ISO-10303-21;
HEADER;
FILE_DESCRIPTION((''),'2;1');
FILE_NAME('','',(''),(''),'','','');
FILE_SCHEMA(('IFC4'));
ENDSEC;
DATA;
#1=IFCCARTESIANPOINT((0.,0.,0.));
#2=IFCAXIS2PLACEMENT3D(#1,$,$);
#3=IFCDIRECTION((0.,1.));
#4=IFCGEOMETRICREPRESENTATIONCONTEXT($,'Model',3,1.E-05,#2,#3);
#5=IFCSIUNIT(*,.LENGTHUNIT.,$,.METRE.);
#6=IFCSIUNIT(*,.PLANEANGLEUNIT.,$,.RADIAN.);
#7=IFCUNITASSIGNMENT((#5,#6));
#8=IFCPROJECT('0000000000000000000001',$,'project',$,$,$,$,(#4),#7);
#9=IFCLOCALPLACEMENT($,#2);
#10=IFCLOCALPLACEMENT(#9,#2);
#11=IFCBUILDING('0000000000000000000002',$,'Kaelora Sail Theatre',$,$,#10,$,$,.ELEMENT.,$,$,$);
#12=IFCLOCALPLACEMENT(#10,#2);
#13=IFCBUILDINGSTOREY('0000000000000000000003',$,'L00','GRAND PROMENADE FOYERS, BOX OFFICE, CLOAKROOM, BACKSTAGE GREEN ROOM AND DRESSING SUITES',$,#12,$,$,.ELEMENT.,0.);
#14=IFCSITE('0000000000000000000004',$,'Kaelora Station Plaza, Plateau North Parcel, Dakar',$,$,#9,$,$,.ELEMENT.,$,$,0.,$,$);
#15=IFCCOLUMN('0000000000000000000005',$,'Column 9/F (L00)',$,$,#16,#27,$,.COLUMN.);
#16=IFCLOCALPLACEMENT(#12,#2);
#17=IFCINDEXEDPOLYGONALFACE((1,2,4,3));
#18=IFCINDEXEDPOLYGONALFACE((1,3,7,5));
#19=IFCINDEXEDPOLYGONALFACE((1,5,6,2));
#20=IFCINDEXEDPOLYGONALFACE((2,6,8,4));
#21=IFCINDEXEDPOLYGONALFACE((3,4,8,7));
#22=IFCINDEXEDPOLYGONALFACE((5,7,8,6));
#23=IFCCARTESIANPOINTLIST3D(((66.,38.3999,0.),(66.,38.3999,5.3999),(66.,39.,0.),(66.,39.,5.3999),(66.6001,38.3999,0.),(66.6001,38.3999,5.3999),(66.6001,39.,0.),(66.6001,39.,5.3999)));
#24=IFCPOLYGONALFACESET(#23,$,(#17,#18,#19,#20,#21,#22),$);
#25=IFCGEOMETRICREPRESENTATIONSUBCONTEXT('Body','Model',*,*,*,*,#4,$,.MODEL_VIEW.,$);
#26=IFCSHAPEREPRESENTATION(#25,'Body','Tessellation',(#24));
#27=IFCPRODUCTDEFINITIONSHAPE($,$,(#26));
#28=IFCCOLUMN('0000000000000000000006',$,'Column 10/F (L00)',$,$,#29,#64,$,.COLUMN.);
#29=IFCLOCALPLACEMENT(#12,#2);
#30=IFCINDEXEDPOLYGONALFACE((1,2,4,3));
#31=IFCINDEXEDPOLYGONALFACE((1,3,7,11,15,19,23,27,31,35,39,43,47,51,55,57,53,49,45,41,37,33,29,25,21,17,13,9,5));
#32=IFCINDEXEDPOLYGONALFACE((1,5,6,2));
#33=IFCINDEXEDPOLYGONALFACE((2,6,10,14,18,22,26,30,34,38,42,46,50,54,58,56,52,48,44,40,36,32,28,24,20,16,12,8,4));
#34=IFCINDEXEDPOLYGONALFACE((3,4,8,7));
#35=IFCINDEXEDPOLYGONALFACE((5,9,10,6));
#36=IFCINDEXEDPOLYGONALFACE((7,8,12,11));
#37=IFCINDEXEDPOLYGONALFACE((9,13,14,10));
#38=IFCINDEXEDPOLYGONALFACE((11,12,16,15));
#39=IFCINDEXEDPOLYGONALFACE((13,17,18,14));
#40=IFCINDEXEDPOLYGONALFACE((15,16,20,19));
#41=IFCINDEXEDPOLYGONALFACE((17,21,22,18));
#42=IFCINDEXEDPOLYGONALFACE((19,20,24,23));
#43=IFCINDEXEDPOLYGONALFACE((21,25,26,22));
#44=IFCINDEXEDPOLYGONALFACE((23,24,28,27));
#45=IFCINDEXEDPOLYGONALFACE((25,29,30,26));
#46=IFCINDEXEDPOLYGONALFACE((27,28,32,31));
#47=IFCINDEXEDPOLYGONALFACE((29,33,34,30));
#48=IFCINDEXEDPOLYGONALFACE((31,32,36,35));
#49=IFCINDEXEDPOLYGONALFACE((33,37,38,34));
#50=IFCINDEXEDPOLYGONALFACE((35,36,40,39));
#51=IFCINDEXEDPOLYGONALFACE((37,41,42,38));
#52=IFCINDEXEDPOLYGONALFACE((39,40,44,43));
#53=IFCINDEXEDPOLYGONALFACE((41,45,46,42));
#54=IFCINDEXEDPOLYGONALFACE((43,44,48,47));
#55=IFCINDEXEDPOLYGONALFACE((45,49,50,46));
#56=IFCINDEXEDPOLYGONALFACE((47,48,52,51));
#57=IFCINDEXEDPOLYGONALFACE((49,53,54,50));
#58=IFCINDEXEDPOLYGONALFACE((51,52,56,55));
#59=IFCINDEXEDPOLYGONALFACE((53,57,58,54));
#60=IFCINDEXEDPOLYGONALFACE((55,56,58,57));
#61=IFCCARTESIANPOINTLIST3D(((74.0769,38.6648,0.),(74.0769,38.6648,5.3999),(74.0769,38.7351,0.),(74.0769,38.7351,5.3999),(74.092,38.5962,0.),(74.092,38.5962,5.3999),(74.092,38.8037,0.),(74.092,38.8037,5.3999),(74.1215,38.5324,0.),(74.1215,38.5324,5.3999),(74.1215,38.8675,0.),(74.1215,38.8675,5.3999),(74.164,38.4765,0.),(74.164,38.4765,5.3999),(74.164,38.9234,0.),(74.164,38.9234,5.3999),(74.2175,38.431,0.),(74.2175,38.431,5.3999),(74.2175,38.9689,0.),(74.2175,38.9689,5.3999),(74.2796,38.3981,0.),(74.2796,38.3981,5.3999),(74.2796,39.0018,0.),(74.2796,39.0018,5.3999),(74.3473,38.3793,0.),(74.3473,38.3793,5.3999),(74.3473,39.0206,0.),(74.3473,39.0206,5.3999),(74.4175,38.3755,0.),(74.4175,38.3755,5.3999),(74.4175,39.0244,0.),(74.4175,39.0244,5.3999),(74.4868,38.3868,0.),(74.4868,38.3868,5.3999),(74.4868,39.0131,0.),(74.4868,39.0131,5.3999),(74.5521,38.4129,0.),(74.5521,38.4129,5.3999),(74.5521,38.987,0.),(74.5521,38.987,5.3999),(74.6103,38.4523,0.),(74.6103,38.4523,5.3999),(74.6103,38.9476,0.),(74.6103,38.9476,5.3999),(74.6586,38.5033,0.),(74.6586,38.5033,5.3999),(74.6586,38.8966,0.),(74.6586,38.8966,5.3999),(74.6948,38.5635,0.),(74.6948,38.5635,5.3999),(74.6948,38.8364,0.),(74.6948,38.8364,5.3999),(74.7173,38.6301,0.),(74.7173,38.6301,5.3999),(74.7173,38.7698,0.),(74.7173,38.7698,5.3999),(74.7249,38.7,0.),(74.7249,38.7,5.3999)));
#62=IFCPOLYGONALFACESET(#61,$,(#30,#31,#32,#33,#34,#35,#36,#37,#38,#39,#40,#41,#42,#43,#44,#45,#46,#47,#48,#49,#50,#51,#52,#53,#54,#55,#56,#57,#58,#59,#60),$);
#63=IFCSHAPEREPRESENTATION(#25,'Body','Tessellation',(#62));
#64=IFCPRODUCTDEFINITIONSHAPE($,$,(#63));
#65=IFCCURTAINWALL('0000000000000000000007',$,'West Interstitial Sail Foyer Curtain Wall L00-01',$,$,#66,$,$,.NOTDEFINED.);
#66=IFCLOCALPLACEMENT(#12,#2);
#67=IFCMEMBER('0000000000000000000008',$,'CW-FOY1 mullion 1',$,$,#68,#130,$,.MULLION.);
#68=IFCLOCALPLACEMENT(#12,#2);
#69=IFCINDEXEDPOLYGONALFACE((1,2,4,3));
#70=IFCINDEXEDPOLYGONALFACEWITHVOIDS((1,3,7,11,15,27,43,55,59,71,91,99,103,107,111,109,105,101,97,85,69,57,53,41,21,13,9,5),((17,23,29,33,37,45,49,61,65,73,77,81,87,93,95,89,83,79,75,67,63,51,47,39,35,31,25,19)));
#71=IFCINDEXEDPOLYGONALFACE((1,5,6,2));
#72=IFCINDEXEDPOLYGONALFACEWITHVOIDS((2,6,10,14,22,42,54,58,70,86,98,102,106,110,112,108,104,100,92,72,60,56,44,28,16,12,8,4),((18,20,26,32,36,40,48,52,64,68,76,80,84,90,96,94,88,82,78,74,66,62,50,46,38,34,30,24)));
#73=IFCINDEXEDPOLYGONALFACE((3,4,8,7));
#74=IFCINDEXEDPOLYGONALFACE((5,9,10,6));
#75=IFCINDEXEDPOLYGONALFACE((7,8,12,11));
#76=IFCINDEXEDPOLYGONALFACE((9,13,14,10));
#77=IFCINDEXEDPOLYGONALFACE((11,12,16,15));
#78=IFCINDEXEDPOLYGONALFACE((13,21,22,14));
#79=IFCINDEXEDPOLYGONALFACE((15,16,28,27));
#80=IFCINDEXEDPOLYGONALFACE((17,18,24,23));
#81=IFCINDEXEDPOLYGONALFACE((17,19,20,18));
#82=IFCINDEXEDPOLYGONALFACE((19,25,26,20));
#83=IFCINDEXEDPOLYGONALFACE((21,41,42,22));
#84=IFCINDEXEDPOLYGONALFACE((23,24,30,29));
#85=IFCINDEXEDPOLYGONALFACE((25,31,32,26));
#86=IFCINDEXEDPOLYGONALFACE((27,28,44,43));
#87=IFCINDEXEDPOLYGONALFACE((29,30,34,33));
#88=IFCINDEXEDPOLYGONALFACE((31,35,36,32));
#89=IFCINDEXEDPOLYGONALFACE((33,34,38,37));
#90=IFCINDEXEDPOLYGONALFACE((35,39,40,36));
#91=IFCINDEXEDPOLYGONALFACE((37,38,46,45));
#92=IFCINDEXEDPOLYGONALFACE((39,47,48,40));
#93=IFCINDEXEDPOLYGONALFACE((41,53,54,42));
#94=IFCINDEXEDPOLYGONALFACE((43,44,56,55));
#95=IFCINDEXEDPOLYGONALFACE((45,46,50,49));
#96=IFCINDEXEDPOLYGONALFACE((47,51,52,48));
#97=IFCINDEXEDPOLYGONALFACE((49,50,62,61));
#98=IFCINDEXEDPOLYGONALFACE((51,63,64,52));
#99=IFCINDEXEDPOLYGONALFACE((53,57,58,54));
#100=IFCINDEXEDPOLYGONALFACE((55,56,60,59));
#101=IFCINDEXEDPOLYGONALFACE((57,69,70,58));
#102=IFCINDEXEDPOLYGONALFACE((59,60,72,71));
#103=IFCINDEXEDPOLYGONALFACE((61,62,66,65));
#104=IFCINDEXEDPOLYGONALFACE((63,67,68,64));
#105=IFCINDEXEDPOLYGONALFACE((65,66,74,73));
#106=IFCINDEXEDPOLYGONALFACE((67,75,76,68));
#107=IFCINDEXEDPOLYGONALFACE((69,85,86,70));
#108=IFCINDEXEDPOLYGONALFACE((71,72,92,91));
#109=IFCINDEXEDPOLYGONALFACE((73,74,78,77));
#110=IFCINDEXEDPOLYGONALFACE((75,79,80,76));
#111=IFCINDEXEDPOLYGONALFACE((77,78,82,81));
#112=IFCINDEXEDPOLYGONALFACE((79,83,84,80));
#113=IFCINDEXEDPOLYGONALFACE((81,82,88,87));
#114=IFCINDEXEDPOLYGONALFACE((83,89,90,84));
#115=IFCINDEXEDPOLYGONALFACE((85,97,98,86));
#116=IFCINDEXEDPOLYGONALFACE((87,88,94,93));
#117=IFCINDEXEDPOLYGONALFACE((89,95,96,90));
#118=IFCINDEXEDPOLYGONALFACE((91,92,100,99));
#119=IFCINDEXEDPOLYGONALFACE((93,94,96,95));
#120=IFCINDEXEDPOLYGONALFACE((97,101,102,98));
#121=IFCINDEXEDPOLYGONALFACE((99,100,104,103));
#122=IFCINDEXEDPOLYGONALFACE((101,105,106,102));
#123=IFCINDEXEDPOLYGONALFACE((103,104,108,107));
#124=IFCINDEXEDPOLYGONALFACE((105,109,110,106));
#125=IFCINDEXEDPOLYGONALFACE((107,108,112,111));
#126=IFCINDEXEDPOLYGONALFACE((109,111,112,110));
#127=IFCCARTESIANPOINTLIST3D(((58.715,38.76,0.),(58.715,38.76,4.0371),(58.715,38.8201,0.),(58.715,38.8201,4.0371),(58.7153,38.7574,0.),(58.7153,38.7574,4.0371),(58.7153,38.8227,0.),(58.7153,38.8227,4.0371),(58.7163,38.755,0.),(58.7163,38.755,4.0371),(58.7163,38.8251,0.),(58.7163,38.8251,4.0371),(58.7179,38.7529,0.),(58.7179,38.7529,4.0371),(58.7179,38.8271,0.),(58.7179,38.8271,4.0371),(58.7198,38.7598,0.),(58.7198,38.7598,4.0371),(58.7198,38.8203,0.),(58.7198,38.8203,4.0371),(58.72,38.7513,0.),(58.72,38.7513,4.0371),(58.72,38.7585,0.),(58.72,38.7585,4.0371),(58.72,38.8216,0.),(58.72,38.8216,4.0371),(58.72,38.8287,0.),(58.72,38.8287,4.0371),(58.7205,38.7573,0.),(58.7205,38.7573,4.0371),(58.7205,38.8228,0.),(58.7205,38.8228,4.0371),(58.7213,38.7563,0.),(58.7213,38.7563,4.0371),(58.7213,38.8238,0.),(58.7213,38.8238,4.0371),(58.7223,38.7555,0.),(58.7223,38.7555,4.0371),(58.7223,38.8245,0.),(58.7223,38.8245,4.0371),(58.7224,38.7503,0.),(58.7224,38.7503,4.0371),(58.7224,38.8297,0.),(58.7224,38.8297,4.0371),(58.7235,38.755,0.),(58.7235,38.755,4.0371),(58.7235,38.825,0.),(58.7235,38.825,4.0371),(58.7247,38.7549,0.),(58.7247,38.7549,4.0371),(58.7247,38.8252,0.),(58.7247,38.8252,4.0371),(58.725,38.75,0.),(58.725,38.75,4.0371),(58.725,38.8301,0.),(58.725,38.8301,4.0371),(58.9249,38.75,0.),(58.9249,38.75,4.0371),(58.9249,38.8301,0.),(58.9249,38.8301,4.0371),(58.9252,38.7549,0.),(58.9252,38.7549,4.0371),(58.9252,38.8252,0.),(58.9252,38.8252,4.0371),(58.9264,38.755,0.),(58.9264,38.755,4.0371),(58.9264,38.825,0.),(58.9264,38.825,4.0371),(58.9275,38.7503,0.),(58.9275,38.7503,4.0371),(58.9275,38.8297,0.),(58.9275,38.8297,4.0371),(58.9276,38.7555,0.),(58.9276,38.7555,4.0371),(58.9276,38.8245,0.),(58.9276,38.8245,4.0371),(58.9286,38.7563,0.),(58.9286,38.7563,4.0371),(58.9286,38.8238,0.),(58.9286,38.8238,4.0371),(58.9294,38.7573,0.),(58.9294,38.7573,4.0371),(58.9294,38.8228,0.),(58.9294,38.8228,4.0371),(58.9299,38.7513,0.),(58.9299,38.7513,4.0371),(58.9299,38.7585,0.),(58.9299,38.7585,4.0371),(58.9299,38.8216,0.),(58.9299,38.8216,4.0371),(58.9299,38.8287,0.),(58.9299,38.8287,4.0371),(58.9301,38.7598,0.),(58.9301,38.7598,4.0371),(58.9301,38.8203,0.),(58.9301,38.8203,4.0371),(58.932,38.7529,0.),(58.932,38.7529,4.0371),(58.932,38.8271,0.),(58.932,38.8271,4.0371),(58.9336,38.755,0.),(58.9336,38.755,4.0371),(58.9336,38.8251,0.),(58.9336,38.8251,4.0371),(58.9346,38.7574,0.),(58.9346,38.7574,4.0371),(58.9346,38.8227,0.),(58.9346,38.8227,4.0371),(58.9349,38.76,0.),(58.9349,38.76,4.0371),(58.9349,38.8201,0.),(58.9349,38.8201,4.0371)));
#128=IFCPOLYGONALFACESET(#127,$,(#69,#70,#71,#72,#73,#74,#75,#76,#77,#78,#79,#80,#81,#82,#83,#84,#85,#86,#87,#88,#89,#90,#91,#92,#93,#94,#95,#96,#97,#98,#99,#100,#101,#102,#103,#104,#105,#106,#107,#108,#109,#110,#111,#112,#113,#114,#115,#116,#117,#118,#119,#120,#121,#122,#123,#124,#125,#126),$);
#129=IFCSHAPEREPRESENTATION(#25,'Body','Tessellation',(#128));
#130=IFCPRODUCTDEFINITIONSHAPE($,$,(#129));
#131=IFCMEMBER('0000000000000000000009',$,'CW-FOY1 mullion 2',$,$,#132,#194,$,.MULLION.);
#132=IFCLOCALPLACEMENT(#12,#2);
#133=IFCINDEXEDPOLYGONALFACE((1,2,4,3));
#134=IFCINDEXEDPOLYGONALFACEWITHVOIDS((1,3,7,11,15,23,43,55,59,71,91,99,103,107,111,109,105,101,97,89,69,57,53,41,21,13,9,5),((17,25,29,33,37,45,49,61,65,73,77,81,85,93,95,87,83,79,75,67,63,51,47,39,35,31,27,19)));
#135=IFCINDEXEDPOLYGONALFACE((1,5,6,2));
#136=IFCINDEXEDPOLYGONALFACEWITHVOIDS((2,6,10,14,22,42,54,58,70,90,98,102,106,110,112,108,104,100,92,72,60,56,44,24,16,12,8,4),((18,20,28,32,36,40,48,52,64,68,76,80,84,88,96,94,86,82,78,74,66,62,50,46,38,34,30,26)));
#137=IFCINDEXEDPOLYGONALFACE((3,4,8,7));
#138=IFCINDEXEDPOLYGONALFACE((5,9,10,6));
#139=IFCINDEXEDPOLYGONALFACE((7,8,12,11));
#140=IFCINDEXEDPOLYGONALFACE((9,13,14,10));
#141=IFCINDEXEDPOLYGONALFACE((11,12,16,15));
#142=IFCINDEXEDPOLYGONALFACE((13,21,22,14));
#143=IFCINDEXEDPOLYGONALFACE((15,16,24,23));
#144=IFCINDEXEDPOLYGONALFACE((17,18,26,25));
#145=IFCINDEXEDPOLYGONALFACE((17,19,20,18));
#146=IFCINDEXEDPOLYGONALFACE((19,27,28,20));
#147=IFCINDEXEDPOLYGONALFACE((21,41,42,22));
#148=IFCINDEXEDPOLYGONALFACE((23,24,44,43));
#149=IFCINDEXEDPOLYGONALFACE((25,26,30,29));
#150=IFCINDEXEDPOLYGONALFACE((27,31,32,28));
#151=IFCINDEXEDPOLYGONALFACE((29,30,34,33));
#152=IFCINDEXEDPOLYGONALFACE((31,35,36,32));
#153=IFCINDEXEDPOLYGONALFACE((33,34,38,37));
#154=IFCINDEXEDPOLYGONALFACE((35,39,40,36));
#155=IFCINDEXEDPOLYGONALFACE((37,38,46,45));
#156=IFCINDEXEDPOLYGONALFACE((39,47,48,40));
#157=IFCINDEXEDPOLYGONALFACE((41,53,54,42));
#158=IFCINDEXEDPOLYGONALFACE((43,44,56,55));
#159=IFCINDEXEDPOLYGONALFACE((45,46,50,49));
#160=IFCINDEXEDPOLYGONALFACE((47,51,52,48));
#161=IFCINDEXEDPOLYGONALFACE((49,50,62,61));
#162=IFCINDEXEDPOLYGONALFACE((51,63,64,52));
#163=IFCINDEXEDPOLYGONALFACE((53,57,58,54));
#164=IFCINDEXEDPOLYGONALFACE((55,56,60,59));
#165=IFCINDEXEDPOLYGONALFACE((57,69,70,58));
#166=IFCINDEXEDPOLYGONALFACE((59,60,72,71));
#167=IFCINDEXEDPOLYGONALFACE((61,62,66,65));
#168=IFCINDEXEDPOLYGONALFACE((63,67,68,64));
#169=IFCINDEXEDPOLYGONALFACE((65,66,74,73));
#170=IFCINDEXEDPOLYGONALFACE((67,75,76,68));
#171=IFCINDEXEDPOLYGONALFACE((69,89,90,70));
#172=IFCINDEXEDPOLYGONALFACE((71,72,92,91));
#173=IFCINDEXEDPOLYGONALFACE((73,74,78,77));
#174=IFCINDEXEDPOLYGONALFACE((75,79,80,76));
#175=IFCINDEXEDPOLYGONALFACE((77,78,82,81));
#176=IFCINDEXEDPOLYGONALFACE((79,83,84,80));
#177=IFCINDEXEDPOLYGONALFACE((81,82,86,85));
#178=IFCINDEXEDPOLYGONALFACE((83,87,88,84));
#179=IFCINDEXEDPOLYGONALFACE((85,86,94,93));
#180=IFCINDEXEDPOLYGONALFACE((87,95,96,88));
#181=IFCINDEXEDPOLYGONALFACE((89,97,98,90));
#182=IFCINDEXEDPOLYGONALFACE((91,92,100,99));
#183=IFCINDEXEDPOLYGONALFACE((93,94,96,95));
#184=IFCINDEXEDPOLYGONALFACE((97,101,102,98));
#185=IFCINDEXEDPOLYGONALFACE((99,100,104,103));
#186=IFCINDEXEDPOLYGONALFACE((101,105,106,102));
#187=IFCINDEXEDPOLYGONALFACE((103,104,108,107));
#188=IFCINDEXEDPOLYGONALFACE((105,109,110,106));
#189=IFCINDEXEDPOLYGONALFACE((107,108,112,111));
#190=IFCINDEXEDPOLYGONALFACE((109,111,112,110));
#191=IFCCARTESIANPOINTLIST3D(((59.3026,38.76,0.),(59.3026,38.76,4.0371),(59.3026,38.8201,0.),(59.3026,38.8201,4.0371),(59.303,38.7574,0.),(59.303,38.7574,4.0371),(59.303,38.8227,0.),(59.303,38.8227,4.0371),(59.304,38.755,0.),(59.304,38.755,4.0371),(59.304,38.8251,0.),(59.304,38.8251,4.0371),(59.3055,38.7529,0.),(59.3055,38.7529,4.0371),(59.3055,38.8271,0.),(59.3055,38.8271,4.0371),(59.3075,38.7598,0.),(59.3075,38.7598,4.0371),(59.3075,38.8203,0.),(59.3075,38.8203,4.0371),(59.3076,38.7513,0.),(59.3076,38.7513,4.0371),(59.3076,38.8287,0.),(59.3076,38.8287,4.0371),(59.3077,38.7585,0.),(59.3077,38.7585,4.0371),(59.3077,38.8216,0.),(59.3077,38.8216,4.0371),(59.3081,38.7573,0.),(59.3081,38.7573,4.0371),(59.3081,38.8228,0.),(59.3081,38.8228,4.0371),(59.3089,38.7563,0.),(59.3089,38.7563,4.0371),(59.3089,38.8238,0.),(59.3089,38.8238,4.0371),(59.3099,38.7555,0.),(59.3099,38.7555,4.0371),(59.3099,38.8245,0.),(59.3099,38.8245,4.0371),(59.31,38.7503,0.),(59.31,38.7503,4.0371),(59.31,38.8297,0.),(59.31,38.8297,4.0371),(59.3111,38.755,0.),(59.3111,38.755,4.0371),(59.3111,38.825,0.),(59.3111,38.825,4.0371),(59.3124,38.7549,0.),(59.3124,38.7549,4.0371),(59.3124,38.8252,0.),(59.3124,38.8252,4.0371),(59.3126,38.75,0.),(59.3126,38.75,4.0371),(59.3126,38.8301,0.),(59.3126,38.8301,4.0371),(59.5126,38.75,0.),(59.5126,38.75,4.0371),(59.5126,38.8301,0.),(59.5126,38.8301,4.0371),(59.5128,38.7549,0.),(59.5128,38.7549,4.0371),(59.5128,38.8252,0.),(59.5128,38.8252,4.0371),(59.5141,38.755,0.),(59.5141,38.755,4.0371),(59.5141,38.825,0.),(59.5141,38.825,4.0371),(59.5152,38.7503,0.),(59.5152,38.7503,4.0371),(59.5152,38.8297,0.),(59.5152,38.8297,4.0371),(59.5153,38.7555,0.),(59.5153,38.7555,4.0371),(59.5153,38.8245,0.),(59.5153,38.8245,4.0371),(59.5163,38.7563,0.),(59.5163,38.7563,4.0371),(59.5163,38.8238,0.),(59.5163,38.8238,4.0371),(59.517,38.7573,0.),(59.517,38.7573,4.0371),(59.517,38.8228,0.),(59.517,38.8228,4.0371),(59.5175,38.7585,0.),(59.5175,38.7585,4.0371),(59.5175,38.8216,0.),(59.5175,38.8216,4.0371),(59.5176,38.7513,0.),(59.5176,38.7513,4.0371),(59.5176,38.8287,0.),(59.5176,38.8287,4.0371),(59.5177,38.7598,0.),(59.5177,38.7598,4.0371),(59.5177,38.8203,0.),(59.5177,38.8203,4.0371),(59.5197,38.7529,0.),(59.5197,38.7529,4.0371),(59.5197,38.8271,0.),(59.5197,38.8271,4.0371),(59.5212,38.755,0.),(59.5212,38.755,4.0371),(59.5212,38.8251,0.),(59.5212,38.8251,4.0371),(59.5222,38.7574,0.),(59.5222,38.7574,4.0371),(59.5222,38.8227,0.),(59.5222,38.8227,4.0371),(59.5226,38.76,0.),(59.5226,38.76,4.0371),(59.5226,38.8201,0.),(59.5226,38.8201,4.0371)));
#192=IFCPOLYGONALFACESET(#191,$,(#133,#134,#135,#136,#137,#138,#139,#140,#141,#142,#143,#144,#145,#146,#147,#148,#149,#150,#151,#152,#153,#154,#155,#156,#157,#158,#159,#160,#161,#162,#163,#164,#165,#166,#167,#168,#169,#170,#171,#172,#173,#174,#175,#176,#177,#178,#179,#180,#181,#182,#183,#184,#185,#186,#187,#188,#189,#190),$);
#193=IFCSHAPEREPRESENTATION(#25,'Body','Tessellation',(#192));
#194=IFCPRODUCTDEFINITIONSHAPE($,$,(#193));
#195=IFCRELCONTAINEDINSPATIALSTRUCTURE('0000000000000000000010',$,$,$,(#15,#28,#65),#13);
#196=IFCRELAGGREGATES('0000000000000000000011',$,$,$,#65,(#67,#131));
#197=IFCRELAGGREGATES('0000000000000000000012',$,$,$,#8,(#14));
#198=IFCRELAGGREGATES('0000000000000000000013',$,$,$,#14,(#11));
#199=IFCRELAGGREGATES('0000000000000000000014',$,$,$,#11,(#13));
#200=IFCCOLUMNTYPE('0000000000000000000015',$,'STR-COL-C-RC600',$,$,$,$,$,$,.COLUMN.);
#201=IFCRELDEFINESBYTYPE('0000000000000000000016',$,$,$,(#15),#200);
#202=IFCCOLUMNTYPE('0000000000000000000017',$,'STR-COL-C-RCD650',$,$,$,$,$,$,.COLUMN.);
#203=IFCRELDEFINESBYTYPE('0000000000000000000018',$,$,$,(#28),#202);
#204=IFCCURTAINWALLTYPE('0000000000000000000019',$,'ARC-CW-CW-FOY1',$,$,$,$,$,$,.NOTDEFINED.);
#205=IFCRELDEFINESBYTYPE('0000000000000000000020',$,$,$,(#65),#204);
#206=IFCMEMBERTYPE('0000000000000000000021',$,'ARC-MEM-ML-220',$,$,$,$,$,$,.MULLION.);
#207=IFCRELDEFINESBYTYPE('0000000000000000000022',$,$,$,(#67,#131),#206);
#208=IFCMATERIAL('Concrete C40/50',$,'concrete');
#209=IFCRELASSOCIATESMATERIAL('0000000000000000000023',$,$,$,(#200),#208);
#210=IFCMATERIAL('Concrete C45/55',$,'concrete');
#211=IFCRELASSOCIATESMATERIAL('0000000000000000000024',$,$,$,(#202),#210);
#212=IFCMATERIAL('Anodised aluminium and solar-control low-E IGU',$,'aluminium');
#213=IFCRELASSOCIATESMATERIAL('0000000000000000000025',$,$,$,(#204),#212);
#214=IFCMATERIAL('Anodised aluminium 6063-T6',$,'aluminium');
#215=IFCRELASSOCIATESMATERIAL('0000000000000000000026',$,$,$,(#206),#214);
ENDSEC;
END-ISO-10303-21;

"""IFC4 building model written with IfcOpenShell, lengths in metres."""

from ifc_helpers import new_model, si_unit, direction, frame, origin, origin_2d, place, context, subcontext, project, spatial, rectangle, hollow_rectangle, circle, extrude, material, material_profile, profile_set, type_object, element, aggregate, save


model = new_model("IFC4")

# Units and contexts
model_context = context("Model", 3, precision=1e-05, world=origin(), true_north=direction((0.0, 1.0)))
body_context = subcontext(model_context, "Body", "Model", "MODEL_VIEW")
ifc_project = project(units=[si_unit("LENGTHUNIT", "METRE"), si_unit("PLANEANGLEUNIT", "RADIAN")], contexts=[model_context])

# Site, building, storey
site_placement = place(None, origin())
site = spatial("IfcSite", under=ifc_project, at=site_placement, Name="Kaelora Station Plaza, Plateau North Parcel, Dakar", CompositionType="ELEMENT", RefElevation=0.0)
building_placement = place(site_placement, origin())
building = spatial("IfcBuilding", under=site, at=building_placement, Name="Kaelora Sail Theatre", CompositionType="ELEMENT")
storey_placement = place(building_placement, origin())
storey = spatial("IfcBuildingStorey", under=building, at=storey_placement, Name="L00", Description="GRAND PROMENADE FOYERS, BOX OFFICE, CLOAKROOM, BACKSTAGE GREEN ROOM AND DRESSING SUITES", CompositionType="ELEMENT", Elevation=0.0)

# Columns
ifc_material_1 = material(Name="Concrete C40/50", Category="concrete")
ifc_material_profile_1 = material_profile(ifc_material_1, rectangle(XDim=0.6001, YDim=0.6001, at=origin_2d()), Name="RC-COL 600x600")
ifc_profile_set_1 = profile_set([ifc_material_profile_1], Name="Concrete C40/50")
column_type_1 = type_object("IfcColumnType", Name="STR-COL-C-RC600", PredefinedType="COLUMN", material=ifc_profile_set_1)
column_1_placement = place(storey_placement, frame((66.3, 38.7, 0.0), z_axis=(0.0, 0.0, 1.0), x_axis=(1.0, 0.0, 0.0)))
element("IfcColumn", 1, at=column_1_placement, inside=storey, type_object=column_type_1, Name="Column 9/F (L00)", PredefinedType="COLUMN", context=body_context, shape_type="SweptSolid", body=[
    extrude(rectangle(XDim=0.6001, YDim=0.6001, at=origin_2d()), origin(), (0.0, 0.0, 1.0), 5.3999),
])
ifc_material_2 = material(Name="Concrete C45/55", Category="concrete")
ifc_material_profile_2 = material_profile(ifc_material_2, circle(Radius=0.325, at=origin_2d()), Name="RC-CCOL D650")
ifc_profile_set_2 = profile_set([ifc_material_profile_2], Name="Concrete C45/55")
column_type_2 = type_object("IfcColumnType", Name="STR-COL-C-RCD650", PredefinedType="COLUMN", material=ifc_profile_set_2)
column_2_placement = place(storey_placement, frame((74.3999, 38.7, 0.0), z_axis=(0.0, 0.0, 1.0), x_axis=(1.0, 0.0, 0.0)))
element("IfcColumn", 2, at=column_2_placement, inside=storey, type_object=column_type_2, Name="Column 10/F (L00)", PredefinedType="COLUMN", context=body_context, shape_type="SweptSolid", body=[
    extrude(circle(Radius=0.325, at=origin_2d()), origin(), (0.0, 0.0, 1.0), 5.3999),
])

# Curtain wall, members
ifc_material_3 = material(Name="Anodised aluminium and solar-control low-E IGU", Category="aluminium")
curtain_wall_type = type_object("IfcCurtainWallType", Name="ARC-CW-CW-FOY1", PredefinedType="NOTDEFINED", material=ifc_material_3)
curtain_wall_placement = place(storey_placement, origin())
curtain_wall = element("IfcCurtainWall", 3, at=curtain_wall_placement, inside=storey, type_object=curtain_wall_type, Name="West Interstitial Sail Foyer Curtain Wall L00-01", PredefinedType="NOTDEFINED")
ifc_material_4 = material(Name="Anodised aluminium 6063-T6", Category="aluminium")
ifc_material_profile_3 = material_profile(ifc_material_4, hollow_rectangle(XDim=0.0801, YDim=0.22, WallThickness=0.0049, InnerFilletRadius=0.0049, OuterFilletRadius=0.01, at=origin_2d()), Name="ALU-MULL 80x220x5")
ifc_profile_set_3 = profile_set([ifc_material_profile_3], Name="Anodised aluminium 6063-T6")
member_type_1 = type_object("IfcMemberType", Name="ARC-MEM-ML-220", PredefinedType="MULLION", material=ifc_profile_set_3)
member_1_placement = place(storey_placement, frame((58.825, 38.79, 0.0), z_axis=(0.0, 0.0, 1.0), x_axis=(0.0, 1.0, 0.0)))
member_1 = element("IfcMember", 4, at=member_1_placement, type_object=member_type_1, Name="CW-FOY1 mullion 1", PredefinedType="MULLION", context=body_context, shape_type="SweptSolid", body=[
    extrude(hollow_rectangle(XDim=0.0801, YDim=0.22, WallThickness=0.0049, InnerFilletRadius=0.0049, OuterFilletRadius=0.01, at=origin_2d()), origin(), (0.0, 0.0, 1.0), 4.0371),
])
member_2_placement = place(storey_placement, frame((59.4126, 38.79, 0.0), z_axis=(0.0, 0.0, 1.0), x_axis=(0.0, 1.0, 0.0)))
member_2 = element("IfcMember", 5, at=member_2_placement, type_object=member_type_1, Name="CW-FOY1 mullion 2", PredefinedType="MULLION", context=body_context, shape_type="SweptSolid", body=[
    extrude(hollow_rectangle(XDim=0.0801, YDim=0.22, WallThickness=0.0049, InnerFilletRadius=0.0049, OuterFilletRadius=0.01, at=origin_2d()), origin(), (0.0, 0.0, 1.0), 4.0371),
])

aggregate(curtain_wall, [member_1, member_2])

save(model, "model.ifc")
